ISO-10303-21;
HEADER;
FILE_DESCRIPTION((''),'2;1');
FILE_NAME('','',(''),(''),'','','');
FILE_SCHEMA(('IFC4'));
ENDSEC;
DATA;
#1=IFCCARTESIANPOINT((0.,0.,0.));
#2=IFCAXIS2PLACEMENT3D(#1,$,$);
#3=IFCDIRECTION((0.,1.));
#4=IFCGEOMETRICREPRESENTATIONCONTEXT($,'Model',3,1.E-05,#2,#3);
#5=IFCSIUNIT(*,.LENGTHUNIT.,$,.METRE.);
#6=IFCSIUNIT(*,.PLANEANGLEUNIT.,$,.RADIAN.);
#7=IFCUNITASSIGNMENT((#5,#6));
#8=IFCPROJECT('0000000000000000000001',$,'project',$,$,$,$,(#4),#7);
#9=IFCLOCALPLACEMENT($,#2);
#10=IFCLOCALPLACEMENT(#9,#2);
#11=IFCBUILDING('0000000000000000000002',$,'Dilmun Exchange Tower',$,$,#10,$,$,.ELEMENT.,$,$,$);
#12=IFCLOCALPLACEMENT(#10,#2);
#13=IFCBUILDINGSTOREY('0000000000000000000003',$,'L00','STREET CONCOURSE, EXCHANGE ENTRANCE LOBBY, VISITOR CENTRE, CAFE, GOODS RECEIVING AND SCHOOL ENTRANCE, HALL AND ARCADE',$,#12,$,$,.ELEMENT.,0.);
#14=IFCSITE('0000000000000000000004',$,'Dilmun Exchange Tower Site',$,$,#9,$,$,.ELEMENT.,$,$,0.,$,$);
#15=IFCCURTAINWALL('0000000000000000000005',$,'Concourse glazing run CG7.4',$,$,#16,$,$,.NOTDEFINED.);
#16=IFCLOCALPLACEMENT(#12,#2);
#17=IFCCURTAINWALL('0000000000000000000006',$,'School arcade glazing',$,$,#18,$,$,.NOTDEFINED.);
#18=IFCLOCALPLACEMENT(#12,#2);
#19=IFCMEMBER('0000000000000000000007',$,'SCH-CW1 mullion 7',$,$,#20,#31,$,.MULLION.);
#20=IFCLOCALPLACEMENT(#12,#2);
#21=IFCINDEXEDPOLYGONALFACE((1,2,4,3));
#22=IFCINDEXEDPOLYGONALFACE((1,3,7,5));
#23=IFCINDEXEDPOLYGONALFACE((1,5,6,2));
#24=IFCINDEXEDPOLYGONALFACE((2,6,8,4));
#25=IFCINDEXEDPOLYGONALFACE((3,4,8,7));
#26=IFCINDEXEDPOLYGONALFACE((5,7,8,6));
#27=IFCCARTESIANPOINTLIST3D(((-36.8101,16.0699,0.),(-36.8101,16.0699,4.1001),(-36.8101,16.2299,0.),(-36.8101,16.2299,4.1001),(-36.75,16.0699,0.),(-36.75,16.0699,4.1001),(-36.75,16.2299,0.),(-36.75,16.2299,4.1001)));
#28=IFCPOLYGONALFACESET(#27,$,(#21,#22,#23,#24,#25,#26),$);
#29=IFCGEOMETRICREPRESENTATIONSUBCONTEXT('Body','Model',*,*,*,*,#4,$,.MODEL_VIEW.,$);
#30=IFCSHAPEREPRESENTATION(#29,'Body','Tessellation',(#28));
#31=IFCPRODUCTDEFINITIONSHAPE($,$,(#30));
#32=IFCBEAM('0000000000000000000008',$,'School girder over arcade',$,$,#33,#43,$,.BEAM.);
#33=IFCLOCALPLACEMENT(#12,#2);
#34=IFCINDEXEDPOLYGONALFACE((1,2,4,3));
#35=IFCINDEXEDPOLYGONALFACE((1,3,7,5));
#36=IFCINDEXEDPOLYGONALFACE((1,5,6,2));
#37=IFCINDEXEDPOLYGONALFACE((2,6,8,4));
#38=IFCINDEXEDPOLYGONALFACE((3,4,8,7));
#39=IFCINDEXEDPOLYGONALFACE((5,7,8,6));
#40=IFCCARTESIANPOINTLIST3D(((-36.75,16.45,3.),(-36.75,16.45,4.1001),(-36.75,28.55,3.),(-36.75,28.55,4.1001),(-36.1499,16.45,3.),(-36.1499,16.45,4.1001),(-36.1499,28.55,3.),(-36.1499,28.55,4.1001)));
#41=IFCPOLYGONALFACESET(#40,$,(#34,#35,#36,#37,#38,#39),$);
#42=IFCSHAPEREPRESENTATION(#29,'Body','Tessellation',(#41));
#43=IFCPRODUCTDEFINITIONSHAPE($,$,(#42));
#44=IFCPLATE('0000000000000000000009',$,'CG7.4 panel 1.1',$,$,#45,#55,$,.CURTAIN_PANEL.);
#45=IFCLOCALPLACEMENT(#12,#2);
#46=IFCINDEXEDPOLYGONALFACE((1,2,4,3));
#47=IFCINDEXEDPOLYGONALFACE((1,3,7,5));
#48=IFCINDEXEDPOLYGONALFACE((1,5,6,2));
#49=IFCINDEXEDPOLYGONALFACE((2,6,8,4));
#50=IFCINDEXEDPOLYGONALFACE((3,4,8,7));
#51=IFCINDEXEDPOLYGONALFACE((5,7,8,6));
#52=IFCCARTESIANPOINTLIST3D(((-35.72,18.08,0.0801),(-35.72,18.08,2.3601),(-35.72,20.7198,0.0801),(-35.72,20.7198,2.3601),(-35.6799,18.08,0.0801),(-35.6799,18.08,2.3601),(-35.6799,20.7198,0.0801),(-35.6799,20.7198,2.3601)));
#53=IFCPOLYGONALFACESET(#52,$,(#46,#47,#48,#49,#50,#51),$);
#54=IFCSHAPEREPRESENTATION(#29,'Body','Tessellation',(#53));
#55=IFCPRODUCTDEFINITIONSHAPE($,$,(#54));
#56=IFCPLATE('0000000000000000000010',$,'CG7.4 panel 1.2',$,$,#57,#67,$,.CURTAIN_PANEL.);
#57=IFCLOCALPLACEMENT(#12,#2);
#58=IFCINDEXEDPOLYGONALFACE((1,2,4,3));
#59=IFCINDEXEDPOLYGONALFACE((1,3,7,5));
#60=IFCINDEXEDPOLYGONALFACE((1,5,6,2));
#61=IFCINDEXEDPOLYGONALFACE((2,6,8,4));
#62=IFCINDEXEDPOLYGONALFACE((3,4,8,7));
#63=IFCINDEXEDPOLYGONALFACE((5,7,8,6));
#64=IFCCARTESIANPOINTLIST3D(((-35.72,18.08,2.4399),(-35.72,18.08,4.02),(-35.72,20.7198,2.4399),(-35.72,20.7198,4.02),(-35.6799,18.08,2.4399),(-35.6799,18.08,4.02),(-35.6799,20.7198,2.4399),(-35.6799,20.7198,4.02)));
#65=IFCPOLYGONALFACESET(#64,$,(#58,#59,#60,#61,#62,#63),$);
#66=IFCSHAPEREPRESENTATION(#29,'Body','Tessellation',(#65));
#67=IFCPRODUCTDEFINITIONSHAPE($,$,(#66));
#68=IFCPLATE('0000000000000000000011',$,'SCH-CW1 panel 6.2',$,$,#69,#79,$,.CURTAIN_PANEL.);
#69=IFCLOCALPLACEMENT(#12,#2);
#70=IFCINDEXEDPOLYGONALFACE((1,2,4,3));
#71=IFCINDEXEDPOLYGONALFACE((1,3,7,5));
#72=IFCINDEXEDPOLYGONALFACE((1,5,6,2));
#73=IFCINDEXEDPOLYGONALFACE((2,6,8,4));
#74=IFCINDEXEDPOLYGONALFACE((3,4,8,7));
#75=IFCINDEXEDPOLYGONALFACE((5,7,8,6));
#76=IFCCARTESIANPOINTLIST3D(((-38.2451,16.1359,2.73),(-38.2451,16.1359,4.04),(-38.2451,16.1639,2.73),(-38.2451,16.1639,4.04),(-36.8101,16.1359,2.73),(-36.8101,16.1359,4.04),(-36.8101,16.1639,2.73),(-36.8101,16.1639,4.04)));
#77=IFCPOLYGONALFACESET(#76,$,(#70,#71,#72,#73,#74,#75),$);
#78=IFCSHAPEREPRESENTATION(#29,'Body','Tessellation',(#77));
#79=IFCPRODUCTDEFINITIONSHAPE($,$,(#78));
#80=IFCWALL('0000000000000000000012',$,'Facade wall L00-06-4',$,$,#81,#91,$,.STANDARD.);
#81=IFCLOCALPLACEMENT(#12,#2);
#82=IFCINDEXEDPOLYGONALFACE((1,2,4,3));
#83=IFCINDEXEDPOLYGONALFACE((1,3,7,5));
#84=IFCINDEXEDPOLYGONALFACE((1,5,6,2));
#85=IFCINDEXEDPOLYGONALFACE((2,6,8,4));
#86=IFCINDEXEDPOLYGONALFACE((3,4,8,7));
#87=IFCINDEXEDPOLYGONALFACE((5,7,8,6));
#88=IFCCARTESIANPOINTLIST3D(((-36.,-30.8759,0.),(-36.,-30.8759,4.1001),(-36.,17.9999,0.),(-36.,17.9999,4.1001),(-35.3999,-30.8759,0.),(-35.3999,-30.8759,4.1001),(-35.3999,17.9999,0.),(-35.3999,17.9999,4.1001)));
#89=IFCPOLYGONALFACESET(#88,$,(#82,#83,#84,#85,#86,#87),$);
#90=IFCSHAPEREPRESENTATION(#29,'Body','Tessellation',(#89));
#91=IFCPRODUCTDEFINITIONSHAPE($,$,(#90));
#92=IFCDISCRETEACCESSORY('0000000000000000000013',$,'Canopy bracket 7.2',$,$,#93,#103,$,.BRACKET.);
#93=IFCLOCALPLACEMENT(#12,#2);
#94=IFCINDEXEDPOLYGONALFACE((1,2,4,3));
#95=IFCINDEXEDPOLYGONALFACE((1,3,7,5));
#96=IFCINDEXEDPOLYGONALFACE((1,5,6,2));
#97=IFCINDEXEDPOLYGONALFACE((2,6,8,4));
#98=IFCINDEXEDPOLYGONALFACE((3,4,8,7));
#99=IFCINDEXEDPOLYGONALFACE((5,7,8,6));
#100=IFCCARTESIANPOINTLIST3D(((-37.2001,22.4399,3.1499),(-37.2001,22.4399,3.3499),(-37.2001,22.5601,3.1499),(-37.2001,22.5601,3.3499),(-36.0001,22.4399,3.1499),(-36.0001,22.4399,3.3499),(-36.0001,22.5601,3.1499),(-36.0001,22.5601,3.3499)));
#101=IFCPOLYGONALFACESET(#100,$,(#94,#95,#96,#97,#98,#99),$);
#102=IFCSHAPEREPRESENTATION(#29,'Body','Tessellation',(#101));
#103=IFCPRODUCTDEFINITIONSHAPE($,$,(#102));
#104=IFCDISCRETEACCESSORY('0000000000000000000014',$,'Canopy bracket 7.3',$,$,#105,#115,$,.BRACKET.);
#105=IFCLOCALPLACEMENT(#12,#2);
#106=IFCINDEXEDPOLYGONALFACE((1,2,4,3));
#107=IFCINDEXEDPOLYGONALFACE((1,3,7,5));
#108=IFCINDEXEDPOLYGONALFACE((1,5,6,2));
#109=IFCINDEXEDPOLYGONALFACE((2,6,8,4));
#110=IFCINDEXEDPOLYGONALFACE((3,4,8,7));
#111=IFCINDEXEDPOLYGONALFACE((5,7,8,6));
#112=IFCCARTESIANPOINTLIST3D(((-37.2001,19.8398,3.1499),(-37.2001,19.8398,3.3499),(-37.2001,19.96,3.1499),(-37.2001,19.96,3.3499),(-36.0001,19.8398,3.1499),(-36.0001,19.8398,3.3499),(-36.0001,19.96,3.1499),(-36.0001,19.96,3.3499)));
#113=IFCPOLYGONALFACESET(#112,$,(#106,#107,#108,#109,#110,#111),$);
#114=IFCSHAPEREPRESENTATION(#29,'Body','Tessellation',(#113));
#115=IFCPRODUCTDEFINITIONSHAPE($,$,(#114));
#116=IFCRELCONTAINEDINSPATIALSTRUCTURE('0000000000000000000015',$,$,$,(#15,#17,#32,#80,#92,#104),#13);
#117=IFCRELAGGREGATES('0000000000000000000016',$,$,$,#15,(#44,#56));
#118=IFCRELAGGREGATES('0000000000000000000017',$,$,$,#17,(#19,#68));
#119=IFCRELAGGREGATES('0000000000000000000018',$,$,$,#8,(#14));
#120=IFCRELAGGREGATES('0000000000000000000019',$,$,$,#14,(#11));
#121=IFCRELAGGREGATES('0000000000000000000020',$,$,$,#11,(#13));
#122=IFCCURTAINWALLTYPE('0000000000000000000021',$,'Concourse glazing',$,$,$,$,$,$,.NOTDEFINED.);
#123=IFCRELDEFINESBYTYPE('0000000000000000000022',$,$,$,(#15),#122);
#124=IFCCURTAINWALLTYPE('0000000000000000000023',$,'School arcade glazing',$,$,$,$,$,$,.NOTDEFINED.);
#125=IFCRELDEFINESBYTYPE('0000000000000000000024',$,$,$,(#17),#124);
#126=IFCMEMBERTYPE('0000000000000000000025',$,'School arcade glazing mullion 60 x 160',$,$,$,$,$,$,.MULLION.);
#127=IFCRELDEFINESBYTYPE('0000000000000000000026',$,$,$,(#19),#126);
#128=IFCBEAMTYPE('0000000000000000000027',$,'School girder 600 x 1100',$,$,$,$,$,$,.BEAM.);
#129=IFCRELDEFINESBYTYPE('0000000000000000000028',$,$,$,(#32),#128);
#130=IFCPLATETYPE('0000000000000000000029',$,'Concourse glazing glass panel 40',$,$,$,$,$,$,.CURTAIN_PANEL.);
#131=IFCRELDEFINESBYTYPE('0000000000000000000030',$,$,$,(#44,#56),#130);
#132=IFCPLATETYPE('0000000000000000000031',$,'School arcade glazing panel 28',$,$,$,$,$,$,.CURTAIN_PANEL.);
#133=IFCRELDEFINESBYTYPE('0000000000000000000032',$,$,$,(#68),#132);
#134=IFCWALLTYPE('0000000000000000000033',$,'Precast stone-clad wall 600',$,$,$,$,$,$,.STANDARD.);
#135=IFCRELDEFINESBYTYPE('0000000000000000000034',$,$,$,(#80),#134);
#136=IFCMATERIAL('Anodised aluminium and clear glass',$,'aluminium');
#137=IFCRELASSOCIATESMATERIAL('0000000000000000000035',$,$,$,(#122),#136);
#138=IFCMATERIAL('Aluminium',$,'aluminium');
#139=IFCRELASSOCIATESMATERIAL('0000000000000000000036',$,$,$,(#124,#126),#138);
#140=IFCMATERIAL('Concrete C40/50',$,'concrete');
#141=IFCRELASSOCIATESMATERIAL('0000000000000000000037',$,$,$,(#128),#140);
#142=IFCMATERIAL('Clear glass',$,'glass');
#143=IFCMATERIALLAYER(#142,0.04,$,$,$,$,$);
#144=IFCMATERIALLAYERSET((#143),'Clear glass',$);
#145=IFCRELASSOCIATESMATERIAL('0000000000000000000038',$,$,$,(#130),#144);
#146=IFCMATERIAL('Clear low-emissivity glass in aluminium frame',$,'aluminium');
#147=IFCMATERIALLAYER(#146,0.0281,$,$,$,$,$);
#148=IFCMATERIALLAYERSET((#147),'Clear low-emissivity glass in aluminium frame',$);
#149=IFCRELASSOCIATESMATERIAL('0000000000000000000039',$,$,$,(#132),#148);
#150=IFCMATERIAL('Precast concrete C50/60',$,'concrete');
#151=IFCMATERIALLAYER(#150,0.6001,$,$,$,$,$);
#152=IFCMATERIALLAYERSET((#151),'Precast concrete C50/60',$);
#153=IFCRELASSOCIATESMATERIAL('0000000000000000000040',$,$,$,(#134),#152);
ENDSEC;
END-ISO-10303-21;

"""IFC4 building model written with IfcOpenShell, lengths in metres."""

from ifc_helpers import new_model, si_unit, direction, frame, frame_2d, origin, origin_2d, place, context, subcontext, project, spatial, rectangle, extrude, material, layer, layer_set, material_profile, profile_set, type_object, element, aggregate, save


model = new_model("IFC4")

# Units and contexts
model_context = context("Model", 3, precision=1e-05, world=origin(), true_north=direction((0.0, 1.0)))
body_context = subcontext(model_context, "Body", "Model", "MODEL_VIEW")
ifc_project = project(units=[si_unit("LENGTHUNIT", "METRE"), si_unit("PLANEANGLEUNIT", "RADIAN")], contexts=[model_context])

# Site, building, storey
site_placement = place(None, origin())
site = spatial("IfcSite", under=ifc_project, at=site_placement, Name="Dilmun Exchange Tower Site", CompositionType="ELEMENT", RefElevation=0.0)
building_placement = place(site_placement, origin())
building = spatial("IfcBuilding", under=site, at=building_placement, Name="Dilmun Exchange Tower", CompositionType="ELEMENT")
storey_placement = place(building_placement, origin())
storey = spatial("IfcBuildingStorey", under=building, at=storey_placement, Name="L00", Description="STREET CONCOURSE, EXCHANGE ENTRANCE LOBBY, VISITOR CENTRE, CAFE, GOODS RECEIVING AND SCHOOL ENTRANCE, HALL AND ARCADE", CompositionType="ELEMENT", Elevation=0.0)

# Shared definitions
ifc_material_1 = material(Name="Concrete C40/50", Category="concrete")

# Curtain wall
ifc_material_2 = material(Name="Anodised aluminium and clear glass", Category="aluminium")
curtain_wall_type_1 = type_object("IfcCurtainWallType", Name="Concourse glazing", PredefinedType="NOTDEFINED", material=ifc_material_2)
curtain_wall_1_placement = place(storey_placement, origin())
curtain_wall_1 = element("IfcCurtainWall", 1, at=curtain_wall_1_placement, inside=storey, type_object=curtain_wall_type_1, Name="Concourse glazing run CG7.4", PredefinedType="NOTDEFINED")

# Curtain wall, member
ifc_material_3 = material(Name="Aluminium", Category="aluminium")
curtain_wall_type_2 = type_object("IfcCurtainWallType", Name="School arcade glazing", PredefinedType="NOTDEFINED", material=ifc_material_3)
curtain_wall_2_placement = place(storey_placement, origin())
curtain_wall_2 = element("IfcCurtainWall", 2, at=curtain_wall_2_placement, inside=storey, type_object=curtain_wall_type_2, Name="School arcade glazing", PredefinedType="NOTDEFINED")
ifc_material_profile_1 = material_profile(ifc_material_3, rectangle(XDim=0.1599, YDim=0.0601, at=origin_2d()), Name="60 x 160")
ifc_profile_set_1 = profile_set([ifc_material_profile_1], Name="Aluminium")
member_type_1 = type_object("IfcMemberType", Name="School arcade glazing mullion 60 x 160", PredefinedType="MULLION", material=ifc_profile_set_1)
member_1_placement = place(storey_placement, frame((-36.78, 16.1499, 0.0), z_axis=(0.0, 0.0, 1.0), x_axis=(0.0, 1.0, 0.0)))
member_1 = element("IfcMember", 3, at=member_1_placement, type_object=member_type_1, Name="SCH-CW1 mullion 7", PredefinedType="MULLION", context=body_context, shape_type="SweptSolid", body=[
    extrude(rectangle(XDim=0.1599, YDim=0.0601, at=origin_2d()), origin(), (0.0, 0.0, 1.0), 4.1001),
])

# Beam
ifc_material_profile_2 = material_profile(ifc_material_1, rectangle(XDim=0.6001, YDim=1.1001, at=origin_2d()), Name="600 x 1100")
ifc_profile_set_2 = profile_set([ifc_material_profile_2], Name="Concrete C40/50")
beam_type = type_object("IfcBeamType", Name="School girder 600 x 1100", PredefinedType="BEAM", material=ifc_profile_set_2)
beam_placement = place(storey_placement, frame((-36.45, 16.45, 3.55), z_axis=(0.0, 1.0, 0.0), x_axis=(-1.0, 0.0, 0.0)))
element("IfcBeam", 4, at=beam_placement, inside=storey, type_object=beam_type, Name="School girder over arcade", PredefinedType="BEAM", context=body_context, shape_type="SweptSolid", body=[
    extrude(rectangle(XDim=0.6001, YDim=1.1001, at=origin_2d()), origin(), (0.0, 0.0, 1.0), 12.1001),
])

# Plates
ifc_material_4 = material(Name="Clear glass", Category="glass")
ifc_layer_1 = layer(ifc_material_4, 0.04)
ifc_layer_set_1 = layer_set([ifc_layer_1], Name="Clear glass")
plate_type_1 = type_object("IfcPlateType", Name="Concourse glazing glass panel 40", PredefinedType="CURTAIN_PANEL", material=ifc_layer_set_1)
plate_1_placement = place(storey_placement, frame((-35.7, 19.3999, 0.0801), z_axis=(0.0, 0.0, 1.0), x_axis=(0.0, -1.0, 0.0)))
plate_1 = element("IfcPlate", 5, at=plate_1_placement, type_object=plate_type_1, Name="CG7.4 panel 1.1", PredefinedType="CURTAIN_PANEL", context=body_context, shape_type="SweptSolid", body=[
    extrude(rectangle(XDim=2.6399, YDim=0.04, at=origin_2d()), origin(), (0.0, 0.0, 1.0), 2.28),
])
plate_2_placement = place(storey_placement, frame((-35.7, 19.3999, 2.4399), z_axis=(0.0, 0.0, 1.0), x_axis=(0.0, -1.0, 0.0)))
plate_2 = element("IfcPlate", 6, at=plate_2_placement, type_object=plate_type_1, Name="CG7.4 panel 1.2", PredefinedType="CURTAIN_PANEL", context=body_context, shape_type="SweptSolid", body=[
    extrude(rectangle(XDim=2.6399, YDim=0.04, at=origin_2d()), origin(), (0.0, 0.0, 1.0), 1.5801),
])
aggregate(curtain_wall_1, [plate_1, plate_2])
ifc_material_5 = material(Name="Clear low-emissivity glass in aluminium frame", Category="aluminium")
ifc_layer_2 = layer(ifc_material_5, 0.0281)
ifc_layer_set_2 = layer_set([ifc_layer_2], Name="Clear low-emissivity glass in aluminium frame")
plate_type_2 = type_object("IfcPlateType", Name="School arcade glazing panel 28", PredefinedType="CURTAIN_PANEL", material=ifc_layer_set_2)
plate_3_placement = place(storey_placement, frame((-37.5276, 16.1499, 2.73), z_axis=(0.0, 0.0, 1.0), x_axis=(1.0, 0.0, 0.0)))
plate_3 = element("IfcPlate", 7, at=plate_3_placement, type_object=plate_type_2, Name="SCH-CW1 panel 6.2", PredefinedType="CURTAIN_PANEL", context=body_context, shape_type="SweptSolid", body=[
    extrude(rectangle(XDim=1.4351, YDim=0.0281, at=origin_2d()), origin(), (0.0, 0.0, 1.0), 1.3101),
])
aggregate(curtain_wall_2, [member_1, plate_3])

# Shared definitions
ifc_material_6 = material(Name="Precast concrete C50/60", Category="concrete")
ifc_layer_3 = layer(ifc_material_6, 0.6001)
ifc_layer_set_3 = layer_set([ifc_layer_3], Name="Precast concrete C50/60")
wall_type = type_object("IfcWallType", Name="Precast stone-clad wall 600", PredefinedType="STANDARD", material=ifc_layer_set_3)

# Wall
wall_1_placement = place(storey_placement, frame((-35.7, 18.0, 0.0), z_axis=(0.0, 0.0, 1.0), x_axis=(0.0, -1.0, 0.0)))
element("IfcWall", 8, at=wall_1_placement, inside=storey, type_object=wall_type, Name="Facade wall L00-06-4", PredefinedType="STANDARD", context=body_context, shape_type="SweptSolid", body=[
    extrude(rectangle(XDim=48.8757, YDim=0.6001, at=frame_2d((24.438, 0.0))), origin(), (0.0, 0.0, 1.0), 4.1001),
])

# Discrete accessories
for number, where, z_axis, x_axis, name in (
    (9, (-36.6001, 22.5, 3.1499), (0.0, 0.0, 1.0), (-1.0, 0.0, 0.0), "Canopy bracket 7.2"),
    (10, (-36.6001, 19.8999, 3.1499), (0.0, 0.0, 1.0), (-1.0, 0.0, 0.0), "Canopy bracket 7.3"),
):
    element("IfcDiscreteAccessory", number, at=place(storey_placement, frame(where, z_axis=z_axis, x_axis=x_axis)), inside=storey, Name=name, PredefinedType="BRACKET", context=body_context, shape_type="SweptSolid", body=[
        extrude(rectangle(XDim=1.2, YDim=0.1201, at=origin_2d()), origin(), (0.0, 0.0, 1.0), 0.2),
    ])

save(model, "model.ifc")
